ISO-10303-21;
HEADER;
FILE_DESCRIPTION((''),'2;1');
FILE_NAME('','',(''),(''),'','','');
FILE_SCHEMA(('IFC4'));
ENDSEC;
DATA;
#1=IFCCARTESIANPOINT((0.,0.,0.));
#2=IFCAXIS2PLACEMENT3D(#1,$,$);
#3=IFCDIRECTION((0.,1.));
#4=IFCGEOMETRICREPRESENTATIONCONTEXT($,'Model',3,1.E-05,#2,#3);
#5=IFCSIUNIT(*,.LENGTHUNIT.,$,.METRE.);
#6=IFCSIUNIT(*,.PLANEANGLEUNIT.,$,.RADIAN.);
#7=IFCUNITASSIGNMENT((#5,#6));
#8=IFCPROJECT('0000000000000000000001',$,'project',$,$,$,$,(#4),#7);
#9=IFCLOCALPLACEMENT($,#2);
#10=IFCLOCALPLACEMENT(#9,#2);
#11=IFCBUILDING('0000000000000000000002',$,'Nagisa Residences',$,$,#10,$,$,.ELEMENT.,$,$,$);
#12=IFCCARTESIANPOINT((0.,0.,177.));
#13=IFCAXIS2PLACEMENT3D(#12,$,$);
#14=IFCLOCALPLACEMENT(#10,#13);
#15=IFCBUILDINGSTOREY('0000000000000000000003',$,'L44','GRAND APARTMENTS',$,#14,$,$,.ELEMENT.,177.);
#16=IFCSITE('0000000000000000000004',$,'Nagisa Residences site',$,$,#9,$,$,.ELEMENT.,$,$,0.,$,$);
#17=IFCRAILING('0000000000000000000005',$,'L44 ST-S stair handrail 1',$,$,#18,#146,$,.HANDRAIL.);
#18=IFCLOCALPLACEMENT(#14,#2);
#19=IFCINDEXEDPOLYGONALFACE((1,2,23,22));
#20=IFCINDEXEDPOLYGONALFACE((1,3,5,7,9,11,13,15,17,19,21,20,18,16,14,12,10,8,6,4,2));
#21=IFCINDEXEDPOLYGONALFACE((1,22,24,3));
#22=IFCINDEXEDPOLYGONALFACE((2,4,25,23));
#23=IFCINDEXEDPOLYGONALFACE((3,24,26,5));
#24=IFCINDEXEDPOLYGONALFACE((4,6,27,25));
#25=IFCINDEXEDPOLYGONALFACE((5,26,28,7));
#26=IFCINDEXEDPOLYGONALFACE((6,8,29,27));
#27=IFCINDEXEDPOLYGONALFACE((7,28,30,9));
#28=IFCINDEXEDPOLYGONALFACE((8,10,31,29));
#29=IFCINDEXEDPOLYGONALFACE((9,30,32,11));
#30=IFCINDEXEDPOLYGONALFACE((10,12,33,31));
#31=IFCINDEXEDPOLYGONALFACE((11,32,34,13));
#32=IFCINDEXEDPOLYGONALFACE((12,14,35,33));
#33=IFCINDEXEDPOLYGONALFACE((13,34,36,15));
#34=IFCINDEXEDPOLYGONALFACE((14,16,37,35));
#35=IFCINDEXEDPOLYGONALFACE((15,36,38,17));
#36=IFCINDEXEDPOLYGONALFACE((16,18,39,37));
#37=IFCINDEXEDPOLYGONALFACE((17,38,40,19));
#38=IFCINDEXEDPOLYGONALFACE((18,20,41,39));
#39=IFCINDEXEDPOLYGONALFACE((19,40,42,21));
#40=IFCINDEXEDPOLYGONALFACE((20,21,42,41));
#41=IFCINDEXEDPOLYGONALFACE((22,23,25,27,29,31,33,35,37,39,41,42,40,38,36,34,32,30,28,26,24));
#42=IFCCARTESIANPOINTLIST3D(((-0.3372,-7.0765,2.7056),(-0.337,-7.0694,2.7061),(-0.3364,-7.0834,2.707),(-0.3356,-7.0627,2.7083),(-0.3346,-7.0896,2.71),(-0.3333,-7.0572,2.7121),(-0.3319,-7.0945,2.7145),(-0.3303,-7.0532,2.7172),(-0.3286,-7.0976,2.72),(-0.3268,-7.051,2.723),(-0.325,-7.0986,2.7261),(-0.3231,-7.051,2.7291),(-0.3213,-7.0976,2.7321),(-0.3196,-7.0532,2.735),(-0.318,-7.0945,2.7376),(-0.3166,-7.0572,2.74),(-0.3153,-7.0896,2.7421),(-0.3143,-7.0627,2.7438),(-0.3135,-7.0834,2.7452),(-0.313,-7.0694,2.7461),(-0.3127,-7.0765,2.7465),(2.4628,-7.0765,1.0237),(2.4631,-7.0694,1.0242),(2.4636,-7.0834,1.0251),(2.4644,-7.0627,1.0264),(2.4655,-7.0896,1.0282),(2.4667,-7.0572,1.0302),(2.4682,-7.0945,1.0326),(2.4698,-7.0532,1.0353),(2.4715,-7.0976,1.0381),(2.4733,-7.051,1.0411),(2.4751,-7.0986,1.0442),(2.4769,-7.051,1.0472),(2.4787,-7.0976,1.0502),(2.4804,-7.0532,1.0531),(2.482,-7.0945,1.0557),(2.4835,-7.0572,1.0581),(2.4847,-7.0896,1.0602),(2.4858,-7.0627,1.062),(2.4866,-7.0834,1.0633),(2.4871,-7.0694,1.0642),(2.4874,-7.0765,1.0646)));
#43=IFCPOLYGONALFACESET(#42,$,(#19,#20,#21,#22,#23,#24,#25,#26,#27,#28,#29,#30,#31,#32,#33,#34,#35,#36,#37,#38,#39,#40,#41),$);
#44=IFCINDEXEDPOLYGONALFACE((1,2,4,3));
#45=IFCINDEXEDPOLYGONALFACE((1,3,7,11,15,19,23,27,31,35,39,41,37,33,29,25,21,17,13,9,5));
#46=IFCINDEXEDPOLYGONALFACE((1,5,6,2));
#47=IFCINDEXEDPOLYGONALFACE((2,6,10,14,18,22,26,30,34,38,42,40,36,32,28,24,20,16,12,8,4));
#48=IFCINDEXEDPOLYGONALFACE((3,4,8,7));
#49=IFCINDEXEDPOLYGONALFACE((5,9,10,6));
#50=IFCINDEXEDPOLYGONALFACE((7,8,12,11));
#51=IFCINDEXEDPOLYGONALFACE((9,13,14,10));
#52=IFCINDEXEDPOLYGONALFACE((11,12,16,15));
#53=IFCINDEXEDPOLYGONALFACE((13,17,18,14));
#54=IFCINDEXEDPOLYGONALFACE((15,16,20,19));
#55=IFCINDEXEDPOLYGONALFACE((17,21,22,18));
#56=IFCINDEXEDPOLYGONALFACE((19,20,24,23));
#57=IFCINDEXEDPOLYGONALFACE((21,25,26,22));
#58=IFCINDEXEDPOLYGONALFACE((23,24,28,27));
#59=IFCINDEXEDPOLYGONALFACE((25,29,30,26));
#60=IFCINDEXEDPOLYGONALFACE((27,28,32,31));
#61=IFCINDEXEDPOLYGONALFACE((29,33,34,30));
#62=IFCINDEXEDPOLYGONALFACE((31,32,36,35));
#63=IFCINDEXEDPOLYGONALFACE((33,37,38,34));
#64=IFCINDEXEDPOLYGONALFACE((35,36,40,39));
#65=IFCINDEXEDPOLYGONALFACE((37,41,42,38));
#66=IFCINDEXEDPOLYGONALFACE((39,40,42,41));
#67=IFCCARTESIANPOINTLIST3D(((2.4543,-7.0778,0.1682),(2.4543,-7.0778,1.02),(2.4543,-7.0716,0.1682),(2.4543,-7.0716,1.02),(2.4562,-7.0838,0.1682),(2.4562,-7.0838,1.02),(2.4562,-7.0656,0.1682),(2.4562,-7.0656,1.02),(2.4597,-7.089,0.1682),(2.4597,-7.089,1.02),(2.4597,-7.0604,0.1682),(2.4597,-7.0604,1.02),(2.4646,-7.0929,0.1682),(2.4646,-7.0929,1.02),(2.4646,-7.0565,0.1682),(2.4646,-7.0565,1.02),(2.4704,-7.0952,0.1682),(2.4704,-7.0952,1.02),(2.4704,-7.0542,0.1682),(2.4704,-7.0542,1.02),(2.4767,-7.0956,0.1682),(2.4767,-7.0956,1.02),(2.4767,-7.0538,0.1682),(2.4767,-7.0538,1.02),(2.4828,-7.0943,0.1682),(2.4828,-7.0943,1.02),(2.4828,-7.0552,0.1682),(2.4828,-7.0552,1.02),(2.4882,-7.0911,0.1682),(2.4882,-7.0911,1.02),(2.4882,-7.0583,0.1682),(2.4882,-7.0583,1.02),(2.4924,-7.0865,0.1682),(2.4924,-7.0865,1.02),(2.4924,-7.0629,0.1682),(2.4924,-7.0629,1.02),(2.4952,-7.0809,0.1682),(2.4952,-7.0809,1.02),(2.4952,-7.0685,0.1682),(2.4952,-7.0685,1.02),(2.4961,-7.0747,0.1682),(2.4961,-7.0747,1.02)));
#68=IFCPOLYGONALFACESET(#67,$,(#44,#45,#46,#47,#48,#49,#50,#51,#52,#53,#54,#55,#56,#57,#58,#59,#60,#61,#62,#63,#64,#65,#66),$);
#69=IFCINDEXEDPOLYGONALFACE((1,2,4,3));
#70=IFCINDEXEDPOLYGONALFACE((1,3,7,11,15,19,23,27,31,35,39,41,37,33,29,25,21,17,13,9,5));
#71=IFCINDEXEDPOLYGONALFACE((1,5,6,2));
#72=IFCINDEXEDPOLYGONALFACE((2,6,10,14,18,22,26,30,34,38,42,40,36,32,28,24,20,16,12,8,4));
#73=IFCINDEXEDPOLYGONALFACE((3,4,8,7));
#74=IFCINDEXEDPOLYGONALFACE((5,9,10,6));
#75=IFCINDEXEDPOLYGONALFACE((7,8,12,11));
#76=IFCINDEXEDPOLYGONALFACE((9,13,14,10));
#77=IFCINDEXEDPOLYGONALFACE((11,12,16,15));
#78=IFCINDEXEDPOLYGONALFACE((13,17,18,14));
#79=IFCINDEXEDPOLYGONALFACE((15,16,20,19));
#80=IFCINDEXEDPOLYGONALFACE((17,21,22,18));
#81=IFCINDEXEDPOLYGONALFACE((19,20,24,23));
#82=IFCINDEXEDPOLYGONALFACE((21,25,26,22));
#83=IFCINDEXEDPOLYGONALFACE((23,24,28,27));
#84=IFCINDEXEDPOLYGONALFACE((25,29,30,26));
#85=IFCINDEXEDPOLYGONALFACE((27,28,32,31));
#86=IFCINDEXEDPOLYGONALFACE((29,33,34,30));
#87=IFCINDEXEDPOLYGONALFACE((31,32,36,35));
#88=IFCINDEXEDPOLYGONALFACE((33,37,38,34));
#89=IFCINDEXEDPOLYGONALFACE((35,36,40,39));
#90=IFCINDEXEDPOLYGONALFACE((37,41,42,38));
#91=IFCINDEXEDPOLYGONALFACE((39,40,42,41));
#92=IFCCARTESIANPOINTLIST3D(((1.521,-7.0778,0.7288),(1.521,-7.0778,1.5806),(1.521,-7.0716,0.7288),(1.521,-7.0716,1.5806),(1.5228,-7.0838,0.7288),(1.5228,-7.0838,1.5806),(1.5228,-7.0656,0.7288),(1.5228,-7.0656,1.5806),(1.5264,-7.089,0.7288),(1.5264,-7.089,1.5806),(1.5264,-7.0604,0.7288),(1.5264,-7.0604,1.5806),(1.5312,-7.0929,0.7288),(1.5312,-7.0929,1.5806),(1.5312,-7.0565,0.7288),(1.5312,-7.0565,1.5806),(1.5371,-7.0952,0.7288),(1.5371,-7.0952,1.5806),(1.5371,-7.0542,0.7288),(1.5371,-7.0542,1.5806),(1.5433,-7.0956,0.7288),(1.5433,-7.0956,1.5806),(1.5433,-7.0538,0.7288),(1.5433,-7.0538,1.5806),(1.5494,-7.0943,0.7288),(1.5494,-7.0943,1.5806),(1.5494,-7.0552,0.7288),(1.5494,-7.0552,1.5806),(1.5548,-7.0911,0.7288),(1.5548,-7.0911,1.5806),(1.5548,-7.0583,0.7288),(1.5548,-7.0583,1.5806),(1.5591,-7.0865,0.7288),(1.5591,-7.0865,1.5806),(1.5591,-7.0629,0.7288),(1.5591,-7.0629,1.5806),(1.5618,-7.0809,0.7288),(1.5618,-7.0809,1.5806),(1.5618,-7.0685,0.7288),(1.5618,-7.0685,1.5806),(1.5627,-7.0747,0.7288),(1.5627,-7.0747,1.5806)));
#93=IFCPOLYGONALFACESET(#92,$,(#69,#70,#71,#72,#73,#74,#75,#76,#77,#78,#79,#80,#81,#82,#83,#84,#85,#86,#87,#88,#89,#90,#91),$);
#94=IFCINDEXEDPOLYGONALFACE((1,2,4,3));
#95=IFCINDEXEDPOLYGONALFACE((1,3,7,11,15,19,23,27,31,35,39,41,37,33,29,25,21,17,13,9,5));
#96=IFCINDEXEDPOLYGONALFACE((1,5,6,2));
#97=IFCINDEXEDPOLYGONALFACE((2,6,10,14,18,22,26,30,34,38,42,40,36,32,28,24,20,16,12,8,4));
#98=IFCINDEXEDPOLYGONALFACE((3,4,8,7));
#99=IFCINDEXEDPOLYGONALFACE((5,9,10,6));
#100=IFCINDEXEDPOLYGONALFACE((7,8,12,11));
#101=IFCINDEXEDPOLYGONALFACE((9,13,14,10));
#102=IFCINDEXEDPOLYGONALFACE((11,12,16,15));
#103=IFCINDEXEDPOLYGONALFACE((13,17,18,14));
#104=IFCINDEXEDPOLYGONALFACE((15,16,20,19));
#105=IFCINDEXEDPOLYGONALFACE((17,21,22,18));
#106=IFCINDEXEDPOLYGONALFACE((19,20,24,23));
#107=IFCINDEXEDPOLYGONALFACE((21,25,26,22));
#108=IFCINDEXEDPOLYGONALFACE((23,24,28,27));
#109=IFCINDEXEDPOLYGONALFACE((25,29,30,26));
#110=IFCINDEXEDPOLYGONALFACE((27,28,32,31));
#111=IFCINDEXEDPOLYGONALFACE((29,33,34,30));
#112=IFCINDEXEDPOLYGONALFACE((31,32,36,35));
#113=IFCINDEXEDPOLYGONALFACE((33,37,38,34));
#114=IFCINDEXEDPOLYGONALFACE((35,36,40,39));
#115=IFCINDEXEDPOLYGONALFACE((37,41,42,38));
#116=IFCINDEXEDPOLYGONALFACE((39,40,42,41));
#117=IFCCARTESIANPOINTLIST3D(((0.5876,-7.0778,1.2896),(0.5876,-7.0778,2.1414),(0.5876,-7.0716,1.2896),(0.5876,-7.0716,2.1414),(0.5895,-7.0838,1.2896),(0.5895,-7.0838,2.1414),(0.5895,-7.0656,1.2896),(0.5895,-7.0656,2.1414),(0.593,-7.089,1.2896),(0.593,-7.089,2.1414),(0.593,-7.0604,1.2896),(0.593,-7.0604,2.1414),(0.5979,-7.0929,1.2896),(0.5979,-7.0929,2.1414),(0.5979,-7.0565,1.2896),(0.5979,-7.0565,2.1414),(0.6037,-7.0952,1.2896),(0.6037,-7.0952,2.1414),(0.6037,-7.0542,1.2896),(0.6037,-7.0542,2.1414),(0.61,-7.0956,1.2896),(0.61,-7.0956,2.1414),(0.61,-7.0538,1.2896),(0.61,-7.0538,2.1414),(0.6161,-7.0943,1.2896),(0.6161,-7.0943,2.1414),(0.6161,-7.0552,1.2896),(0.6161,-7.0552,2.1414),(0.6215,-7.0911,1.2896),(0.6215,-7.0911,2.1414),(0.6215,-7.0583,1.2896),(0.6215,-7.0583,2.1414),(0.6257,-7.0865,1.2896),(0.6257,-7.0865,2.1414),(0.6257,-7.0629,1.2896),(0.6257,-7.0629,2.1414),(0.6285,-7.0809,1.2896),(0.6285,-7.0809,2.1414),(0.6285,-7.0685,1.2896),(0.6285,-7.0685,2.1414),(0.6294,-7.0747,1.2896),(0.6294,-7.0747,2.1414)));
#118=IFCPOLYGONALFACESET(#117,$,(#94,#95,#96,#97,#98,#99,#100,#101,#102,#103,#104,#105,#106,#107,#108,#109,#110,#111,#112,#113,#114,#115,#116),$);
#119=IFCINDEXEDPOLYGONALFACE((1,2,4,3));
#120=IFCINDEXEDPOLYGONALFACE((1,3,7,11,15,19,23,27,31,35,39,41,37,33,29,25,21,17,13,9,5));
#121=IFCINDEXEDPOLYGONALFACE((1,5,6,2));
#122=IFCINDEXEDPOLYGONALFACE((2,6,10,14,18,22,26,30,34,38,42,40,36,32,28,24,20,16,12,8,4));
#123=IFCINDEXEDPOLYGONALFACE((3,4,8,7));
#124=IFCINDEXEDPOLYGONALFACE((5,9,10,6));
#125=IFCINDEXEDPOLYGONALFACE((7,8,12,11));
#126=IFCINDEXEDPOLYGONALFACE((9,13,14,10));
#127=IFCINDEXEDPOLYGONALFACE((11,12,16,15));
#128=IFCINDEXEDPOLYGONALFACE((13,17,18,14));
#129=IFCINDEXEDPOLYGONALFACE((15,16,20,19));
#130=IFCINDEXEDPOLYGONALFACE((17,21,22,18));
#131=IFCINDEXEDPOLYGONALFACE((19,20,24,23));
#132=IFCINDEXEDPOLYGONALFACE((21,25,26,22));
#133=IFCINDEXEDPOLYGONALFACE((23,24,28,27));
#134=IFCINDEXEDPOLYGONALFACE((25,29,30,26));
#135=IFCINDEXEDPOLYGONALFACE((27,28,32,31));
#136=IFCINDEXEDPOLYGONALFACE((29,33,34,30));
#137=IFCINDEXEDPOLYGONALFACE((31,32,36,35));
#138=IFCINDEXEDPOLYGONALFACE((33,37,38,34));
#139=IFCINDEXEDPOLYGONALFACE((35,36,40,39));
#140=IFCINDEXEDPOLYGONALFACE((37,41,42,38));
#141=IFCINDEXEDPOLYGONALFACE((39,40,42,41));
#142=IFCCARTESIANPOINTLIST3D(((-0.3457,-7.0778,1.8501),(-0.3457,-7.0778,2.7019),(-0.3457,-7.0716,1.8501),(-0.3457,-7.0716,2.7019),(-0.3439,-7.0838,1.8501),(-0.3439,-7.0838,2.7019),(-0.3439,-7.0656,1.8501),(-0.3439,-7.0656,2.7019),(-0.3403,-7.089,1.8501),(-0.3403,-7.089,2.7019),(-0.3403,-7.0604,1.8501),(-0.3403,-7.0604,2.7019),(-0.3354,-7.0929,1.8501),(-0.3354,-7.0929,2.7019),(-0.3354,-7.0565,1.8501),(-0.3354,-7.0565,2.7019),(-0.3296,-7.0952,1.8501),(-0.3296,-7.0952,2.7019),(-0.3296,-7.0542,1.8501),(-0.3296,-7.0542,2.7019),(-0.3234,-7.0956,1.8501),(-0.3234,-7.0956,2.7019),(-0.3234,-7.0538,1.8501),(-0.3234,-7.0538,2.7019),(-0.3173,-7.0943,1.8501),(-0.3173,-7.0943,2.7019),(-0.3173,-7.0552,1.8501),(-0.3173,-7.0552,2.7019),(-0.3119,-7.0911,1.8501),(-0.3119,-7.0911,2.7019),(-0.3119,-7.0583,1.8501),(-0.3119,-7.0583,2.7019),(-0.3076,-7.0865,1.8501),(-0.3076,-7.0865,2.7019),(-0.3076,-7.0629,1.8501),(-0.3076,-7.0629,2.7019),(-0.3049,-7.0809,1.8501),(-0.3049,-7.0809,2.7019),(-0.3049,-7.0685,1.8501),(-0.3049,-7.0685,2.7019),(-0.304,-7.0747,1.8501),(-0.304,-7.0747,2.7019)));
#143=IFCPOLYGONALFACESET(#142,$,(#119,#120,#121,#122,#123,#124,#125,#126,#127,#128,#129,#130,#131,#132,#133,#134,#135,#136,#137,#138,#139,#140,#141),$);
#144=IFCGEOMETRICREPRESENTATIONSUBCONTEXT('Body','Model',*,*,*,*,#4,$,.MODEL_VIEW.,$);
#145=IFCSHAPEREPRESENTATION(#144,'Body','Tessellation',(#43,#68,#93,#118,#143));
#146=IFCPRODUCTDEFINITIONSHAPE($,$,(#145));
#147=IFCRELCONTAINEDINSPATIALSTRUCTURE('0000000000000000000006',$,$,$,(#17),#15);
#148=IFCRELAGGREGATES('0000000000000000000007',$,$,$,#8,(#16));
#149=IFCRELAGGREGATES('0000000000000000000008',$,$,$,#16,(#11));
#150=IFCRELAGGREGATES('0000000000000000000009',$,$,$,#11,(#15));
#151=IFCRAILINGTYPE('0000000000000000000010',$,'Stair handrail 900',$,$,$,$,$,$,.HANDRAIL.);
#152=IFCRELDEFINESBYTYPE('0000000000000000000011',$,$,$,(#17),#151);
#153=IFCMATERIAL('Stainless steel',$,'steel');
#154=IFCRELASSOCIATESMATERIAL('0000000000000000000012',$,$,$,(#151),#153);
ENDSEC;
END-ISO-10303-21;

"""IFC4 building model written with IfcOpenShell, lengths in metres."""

from ifc_helpers import new_model, si_unit, direction, frame, origin, origin_2d, place, context, subcontext, project, spatial, circle, extrude, material, type_object, element, save


model = new_model("IFC4")

# Units and contexts
model_context = context("Model", 3, precision=1e-05, world=origin(), true_north=direction((0.0, 1.0)))
body_context = subcontext(model_context, "Body", "Model", "MODEL_VIEW")
ifc_project = project(units=[si_unit("LENGTHUNIT", "METRE"), si_unit("PLANEANGLEUNIT", "RADIAN")], contexts=[model_context])

# Site, building, storey
site_placement = place(None, origin())
site = spatial("IfcSite", under=ifc_project, at=site_placement, Name="Nagisa Residences site", CompositionType="ELEMENT", RefElevation=0.0)
building_placement = place(site_placement, origin())
building = spatial("IfcBuilding", under=site, at=building_placement, Name="Nagisa Residences", CompositionType="ELEMENT")
storey_placement = place(building_placement, frame((0.0, 0.0, 177.0)))
storey = spatial("IfcBuildingStorey", under=building, at=storey_placement, Name="L44", Description="GRAND APARTMENTS", CompositionType="ELEMENT", Elevation=177.0)

# Railing
ifc_material_1 = material(Name="Stainless steel", Category="steel")
railing_type_1 = type_object("IfcRailingType", Name="Stair handrail 900", PredefinedType="HANDRAIL", material=ifc_material_1)
railing_1_placement = place(storey_placement, frame((2.4751, -7.0747, 0.1682)))
element("IfcRailing", 1, at=railing_1_placement, inside=storey, type_object=railing_type_1, Name="L44 ST-S stair handrail 1", PredefinedType="HANDRAIL", context=body_context, shape_type="SweptSolid", body=[
    extrude(circle(Radius=0.0239, at=origin_2d()), frame((0.0, 0.0, 0.876), z_axis=(-0.857242, 0.0, 0.514913), x_axis=(0.0, -1.0, 0.0)), (0.0, 0.0, 1.0), 3.2664),
    extrude(circle(Radius=0.021, at=origin_2d()), origin(), (0.0, 0.0, 1.0), 0.8518),
    extrude(circle(Radius=0.021, at=origin_2d()), frame((-0.9333, 0.0, 0.5605)), (0.0, 0.0, 1.0), 0.8518),
    extrude(circle(Radius=0.021, at=origin_2d()), frame((-1.8667, 0.0, 1.1213)), (0.0, 0.0, 1.0), 0.8518),
    extrude(circle(Radius=0.021, at=origin_2d()), frame((-2.8, 0.0, 1.6819)), (0.0, 0.0, 1.0), 0.8518),
])

save(model, "model.ifc")
